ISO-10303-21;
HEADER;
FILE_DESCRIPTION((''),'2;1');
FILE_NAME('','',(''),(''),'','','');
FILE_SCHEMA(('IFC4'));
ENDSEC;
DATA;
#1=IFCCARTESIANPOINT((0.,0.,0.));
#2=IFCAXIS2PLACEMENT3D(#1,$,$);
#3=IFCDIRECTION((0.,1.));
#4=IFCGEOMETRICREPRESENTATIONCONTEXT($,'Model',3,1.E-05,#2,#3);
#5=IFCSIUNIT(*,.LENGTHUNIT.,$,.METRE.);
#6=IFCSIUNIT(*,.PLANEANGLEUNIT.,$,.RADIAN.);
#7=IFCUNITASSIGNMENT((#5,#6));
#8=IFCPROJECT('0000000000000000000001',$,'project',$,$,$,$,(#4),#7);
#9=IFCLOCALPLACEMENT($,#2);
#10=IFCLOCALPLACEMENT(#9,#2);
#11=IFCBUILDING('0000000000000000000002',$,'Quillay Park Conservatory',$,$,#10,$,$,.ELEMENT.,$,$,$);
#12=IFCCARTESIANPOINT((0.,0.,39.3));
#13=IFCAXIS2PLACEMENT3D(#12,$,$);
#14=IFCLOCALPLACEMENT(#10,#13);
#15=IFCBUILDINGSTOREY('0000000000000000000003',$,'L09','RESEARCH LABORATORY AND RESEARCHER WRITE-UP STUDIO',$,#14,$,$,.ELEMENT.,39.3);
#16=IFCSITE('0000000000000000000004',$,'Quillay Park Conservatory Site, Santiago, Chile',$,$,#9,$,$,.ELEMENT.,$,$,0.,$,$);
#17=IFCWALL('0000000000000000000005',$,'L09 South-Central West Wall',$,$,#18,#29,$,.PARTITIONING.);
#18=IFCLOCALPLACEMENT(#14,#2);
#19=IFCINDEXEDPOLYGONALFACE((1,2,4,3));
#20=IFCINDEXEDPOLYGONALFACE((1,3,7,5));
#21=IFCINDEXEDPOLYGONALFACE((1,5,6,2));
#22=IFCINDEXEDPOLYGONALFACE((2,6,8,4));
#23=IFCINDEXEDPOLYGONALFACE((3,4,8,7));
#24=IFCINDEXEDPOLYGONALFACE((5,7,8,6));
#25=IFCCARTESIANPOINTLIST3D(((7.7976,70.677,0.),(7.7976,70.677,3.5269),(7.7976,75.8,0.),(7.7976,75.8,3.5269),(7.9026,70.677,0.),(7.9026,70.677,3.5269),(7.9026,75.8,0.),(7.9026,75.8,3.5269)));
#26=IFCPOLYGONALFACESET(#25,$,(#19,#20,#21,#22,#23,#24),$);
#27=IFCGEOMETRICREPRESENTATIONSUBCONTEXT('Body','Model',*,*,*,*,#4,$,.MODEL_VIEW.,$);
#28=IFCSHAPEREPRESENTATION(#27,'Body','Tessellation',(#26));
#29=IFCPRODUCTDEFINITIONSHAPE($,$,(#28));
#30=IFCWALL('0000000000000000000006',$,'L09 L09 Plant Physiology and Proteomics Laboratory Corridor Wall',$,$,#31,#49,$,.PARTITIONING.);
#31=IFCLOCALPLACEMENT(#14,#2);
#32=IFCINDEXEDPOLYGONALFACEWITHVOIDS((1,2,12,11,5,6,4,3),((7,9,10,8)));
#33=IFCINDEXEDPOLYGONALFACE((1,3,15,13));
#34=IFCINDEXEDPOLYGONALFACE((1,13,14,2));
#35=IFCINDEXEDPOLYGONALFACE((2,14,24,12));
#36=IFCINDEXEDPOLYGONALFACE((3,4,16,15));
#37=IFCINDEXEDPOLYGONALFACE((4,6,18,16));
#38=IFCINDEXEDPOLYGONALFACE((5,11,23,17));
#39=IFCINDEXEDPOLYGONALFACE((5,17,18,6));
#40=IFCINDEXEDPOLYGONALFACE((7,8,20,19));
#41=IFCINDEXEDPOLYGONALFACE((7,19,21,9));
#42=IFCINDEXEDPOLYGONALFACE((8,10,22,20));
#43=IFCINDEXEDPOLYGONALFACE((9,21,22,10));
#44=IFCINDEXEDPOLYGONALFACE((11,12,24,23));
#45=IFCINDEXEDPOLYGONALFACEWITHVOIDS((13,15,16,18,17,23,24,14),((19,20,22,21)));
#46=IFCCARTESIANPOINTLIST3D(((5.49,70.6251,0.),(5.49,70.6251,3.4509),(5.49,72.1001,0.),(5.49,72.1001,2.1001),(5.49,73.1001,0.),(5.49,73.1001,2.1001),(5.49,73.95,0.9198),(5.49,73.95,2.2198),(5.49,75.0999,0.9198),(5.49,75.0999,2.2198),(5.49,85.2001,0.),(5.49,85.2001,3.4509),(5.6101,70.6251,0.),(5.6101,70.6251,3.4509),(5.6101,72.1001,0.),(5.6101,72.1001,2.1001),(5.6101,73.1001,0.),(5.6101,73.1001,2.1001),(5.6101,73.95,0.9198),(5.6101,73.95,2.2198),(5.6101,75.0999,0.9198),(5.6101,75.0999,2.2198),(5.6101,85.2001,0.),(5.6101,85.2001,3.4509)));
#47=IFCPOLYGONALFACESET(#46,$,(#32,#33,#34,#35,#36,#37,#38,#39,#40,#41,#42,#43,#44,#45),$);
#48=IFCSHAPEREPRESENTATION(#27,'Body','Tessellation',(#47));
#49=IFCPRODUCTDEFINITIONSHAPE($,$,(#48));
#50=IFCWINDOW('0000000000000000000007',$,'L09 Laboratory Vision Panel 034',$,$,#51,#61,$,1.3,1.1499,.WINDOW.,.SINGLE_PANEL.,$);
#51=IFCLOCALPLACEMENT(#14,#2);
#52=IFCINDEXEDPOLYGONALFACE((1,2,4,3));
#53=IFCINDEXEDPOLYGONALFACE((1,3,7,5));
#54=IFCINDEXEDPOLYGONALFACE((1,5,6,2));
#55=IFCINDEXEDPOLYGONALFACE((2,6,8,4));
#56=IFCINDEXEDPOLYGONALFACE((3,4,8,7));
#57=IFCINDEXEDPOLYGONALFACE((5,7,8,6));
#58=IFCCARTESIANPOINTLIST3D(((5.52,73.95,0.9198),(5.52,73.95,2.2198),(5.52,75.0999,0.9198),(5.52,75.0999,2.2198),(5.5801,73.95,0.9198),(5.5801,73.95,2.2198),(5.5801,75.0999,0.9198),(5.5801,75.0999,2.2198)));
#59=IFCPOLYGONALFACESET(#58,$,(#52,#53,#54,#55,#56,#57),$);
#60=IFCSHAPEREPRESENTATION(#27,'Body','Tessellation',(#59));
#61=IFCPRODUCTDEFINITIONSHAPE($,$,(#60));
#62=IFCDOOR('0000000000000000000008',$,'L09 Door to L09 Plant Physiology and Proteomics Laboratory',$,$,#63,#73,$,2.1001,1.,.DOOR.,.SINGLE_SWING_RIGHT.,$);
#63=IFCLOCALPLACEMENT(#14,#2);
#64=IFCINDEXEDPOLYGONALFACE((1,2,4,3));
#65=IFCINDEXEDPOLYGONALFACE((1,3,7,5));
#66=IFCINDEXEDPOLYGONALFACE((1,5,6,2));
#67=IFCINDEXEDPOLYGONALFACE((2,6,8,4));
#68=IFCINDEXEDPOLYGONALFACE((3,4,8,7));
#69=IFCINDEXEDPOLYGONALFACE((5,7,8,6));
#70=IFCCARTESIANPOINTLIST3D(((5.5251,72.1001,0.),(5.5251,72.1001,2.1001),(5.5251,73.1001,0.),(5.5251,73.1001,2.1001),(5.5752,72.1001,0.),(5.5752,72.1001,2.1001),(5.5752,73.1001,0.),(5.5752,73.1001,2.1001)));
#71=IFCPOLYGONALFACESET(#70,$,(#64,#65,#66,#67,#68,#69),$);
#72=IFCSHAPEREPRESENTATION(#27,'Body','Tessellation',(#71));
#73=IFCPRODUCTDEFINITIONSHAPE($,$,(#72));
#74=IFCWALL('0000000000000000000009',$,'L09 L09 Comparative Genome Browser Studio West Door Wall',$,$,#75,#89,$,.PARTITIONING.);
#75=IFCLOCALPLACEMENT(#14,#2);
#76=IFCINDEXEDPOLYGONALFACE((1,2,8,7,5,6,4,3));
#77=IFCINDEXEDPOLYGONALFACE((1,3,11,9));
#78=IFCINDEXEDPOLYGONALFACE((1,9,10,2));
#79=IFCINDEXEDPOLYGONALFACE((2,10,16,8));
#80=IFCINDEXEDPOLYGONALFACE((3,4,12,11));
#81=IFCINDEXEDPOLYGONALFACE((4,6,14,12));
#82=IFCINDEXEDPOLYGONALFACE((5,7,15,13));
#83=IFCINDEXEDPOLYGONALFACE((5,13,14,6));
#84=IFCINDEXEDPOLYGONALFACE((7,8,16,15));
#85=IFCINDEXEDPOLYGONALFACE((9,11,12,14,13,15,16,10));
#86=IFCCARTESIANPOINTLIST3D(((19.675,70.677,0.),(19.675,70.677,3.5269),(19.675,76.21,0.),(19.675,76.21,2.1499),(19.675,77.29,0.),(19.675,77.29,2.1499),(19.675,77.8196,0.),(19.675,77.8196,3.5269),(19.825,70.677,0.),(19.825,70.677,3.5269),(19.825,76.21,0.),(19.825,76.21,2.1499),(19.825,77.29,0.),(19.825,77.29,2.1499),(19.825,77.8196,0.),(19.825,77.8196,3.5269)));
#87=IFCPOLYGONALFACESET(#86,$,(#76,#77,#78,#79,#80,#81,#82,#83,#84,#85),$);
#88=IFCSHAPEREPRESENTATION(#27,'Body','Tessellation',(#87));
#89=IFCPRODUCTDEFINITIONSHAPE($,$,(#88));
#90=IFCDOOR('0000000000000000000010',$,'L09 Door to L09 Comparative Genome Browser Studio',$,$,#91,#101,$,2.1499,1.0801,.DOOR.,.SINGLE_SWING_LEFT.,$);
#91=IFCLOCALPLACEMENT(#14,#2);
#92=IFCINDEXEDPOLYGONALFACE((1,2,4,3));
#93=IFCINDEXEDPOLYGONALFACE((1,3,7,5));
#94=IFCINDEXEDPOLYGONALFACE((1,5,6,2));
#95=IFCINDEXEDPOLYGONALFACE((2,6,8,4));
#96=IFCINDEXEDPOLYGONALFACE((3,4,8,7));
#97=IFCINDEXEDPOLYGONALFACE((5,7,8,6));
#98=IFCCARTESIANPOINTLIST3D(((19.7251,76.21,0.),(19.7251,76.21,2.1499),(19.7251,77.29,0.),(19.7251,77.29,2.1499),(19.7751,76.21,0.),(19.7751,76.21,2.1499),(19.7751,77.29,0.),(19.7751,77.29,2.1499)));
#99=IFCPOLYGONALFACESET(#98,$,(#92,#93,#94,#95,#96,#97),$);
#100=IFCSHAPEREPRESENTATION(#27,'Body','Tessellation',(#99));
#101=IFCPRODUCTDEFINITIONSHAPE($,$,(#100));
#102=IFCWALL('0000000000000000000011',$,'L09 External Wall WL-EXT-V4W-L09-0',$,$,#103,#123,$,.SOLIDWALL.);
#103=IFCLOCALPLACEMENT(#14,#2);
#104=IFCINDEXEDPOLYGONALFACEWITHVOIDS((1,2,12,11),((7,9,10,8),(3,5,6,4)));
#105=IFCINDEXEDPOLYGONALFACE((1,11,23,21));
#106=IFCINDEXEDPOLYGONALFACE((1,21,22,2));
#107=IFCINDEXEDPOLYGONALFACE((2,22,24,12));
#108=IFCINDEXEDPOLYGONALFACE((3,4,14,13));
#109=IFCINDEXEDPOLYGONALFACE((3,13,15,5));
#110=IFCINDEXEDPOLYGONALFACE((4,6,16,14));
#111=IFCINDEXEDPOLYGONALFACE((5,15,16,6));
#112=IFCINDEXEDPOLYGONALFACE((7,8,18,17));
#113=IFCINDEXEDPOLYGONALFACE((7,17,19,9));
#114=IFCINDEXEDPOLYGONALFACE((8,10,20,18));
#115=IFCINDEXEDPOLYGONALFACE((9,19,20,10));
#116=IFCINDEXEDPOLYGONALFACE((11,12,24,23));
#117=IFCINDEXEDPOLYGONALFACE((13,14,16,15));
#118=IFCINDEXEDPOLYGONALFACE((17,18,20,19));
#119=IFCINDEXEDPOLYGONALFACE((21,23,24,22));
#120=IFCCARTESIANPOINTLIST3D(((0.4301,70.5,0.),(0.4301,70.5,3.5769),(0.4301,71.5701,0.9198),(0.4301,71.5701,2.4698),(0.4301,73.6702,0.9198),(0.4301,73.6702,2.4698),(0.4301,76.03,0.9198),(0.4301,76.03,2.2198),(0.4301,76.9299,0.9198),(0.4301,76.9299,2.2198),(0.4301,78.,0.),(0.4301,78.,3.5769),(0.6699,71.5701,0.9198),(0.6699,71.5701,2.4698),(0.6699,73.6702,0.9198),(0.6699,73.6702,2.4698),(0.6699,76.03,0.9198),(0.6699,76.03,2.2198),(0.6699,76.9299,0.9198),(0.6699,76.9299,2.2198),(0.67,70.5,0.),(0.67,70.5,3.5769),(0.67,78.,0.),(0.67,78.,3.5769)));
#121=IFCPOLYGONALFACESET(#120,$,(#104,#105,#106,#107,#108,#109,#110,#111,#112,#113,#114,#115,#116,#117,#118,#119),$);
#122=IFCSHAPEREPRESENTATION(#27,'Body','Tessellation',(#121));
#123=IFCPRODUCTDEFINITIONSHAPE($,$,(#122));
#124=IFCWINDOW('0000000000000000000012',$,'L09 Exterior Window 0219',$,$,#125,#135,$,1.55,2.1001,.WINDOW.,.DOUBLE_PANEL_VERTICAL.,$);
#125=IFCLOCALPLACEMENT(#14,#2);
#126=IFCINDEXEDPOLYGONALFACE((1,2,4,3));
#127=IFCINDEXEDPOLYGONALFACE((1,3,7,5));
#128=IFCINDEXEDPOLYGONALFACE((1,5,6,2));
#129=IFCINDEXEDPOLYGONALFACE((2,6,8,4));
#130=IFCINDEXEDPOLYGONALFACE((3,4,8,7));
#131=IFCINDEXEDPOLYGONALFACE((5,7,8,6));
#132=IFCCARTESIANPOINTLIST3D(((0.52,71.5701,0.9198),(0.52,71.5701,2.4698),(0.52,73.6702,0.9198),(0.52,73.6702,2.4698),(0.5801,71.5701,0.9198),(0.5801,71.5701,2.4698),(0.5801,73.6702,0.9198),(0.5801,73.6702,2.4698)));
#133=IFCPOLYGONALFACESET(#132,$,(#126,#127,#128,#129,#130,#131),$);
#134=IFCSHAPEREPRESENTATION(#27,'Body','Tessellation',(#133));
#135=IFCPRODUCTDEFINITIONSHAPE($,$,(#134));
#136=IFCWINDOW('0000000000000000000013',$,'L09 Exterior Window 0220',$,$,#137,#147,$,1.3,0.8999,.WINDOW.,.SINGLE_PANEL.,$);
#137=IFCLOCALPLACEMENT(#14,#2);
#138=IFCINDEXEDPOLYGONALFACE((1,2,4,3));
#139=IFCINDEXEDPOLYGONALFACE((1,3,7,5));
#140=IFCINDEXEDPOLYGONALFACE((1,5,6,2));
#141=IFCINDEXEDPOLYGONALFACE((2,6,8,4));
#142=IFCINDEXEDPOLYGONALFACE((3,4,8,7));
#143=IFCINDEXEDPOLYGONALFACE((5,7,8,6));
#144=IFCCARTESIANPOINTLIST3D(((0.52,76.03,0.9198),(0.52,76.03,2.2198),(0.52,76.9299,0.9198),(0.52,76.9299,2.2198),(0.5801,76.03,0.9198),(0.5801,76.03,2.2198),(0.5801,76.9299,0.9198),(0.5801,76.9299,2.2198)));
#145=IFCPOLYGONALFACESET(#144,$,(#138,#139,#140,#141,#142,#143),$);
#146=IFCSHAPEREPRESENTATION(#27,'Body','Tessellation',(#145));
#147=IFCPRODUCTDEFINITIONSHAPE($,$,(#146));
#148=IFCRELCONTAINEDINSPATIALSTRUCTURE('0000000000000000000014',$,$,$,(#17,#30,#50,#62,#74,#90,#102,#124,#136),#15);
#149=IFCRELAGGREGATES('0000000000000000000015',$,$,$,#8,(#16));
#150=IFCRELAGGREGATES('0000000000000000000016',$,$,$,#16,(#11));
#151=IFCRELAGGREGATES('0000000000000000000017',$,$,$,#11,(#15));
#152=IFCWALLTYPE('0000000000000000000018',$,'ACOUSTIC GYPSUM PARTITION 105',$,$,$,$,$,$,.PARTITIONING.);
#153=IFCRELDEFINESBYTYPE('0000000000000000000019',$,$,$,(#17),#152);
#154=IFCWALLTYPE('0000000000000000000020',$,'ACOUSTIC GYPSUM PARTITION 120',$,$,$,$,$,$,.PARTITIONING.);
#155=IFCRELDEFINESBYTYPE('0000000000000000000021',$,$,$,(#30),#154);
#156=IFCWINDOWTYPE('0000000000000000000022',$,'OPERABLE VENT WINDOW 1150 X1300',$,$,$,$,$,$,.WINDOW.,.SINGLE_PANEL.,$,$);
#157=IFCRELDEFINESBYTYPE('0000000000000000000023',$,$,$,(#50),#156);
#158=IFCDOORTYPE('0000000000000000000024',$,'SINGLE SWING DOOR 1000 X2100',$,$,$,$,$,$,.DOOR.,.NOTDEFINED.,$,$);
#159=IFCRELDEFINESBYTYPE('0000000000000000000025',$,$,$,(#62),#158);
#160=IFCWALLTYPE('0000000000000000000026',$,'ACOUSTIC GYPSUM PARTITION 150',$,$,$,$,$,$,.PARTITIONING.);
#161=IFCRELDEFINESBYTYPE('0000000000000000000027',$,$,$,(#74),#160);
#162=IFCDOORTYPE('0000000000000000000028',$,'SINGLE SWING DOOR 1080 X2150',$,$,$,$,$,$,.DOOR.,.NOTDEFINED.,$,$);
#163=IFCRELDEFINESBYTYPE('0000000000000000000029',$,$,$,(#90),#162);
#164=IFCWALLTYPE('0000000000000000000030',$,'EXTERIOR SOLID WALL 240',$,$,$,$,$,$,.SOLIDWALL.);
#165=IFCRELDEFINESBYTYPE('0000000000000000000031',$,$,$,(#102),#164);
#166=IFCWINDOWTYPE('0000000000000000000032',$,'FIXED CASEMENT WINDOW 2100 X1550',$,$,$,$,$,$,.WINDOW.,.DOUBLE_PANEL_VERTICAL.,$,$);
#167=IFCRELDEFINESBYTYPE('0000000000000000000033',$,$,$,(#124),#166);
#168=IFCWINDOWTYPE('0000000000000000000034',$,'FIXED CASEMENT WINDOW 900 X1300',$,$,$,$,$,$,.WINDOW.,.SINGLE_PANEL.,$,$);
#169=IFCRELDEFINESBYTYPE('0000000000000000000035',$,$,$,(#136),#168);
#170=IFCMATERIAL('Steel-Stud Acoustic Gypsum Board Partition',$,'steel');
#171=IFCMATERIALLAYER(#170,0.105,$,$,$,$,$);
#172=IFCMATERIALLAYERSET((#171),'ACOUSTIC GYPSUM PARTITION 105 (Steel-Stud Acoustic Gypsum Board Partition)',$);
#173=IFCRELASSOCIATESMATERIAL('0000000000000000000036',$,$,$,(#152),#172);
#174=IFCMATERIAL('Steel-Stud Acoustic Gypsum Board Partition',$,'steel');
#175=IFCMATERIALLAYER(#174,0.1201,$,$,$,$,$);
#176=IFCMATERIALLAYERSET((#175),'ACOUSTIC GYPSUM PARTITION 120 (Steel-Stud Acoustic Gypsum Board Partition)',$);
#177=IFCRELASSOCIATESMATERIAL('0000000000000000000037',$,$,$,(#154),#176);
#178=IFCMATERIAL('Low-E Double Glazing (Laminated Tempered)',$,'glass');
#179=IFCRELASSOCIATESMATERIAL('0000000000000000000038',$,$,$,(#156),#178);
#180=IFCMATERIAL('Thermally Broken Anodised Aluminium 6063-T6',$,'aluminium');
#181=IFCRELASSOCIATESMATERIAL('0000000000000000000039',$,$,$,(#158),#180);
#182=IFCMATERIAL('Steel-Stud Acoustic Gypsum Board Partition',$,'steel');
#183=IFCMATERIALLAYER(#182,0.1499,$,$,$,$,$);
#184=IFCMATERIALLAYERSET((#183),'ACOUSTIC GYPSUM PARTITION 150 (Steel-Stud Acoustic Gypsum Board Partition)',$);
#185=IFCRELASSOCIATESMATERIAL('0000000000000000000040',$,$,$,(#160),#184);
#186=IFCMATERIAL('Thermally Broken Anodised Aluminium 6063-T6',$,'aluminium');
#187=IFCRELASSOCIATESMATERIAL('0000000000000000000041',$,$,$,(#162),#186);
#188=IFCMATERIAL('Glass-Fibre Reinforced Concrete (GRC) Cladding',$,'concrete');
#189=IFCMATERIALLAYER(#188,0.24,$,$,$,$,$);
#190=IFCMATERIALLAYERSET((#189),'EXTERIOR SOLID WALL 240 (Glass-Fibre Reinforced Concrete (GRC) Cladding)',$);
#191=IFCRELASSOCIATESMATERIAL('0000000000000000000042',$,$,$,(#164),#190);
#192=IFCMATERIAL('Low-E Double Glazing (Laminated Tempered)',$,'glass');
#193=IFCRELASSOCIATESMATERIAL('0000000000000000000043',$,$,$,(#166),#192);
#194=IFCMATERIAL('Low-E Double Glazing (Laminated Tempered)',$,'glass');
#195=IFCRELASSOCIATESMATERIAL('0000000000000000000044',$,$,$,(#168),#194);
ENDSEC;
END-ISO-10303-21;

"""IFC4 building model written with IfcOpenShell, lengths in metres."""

from ifc_helpers import new_model, si_unit, direction, frame, frame_2d, origin, place, context, subcontext, project, spatial, rectangle, extrude, material, layer, layer_set, type_object, element, fill, save


model = new_model("IFC4")

# Units and contexts
model_context = context("Model", 3, precision=1e-05, world=origin(), true_north=direction((0.0, 1.0)))
body_context = subcontext(model_context, "Body", "Model", "MODEL_VIEW")
ifc_project = project(units=[si_unit("LENGTHUNIT", "METRE"), si_unit("PLANEANGLEUNIT", "RADIAN")], contexts=[model_context])

# Site, building, storey
site_placement = place(None, origin())
site = spatial("IfcSite", under=ifc_project, at=site_placement, Name="Quillay Park Conservatory Site, Santiago, Chile", CompositionType="ELEMENT", RefElevation=0.0)
building_placement = place(site_placement, origin())
building = spatial("IfcBuilding", under=site, at=building_placement, Name="Quillay Park Conservatory", CompositionType="ELEMENT")
storey_placement = place(building_placement, frame((0.0, 0.0, 39.3)))
storey = spatial("IfcBuildingStorey", under=building, at=storey_placement, Name="L09", Description="RESEARCH LABORATORY AND RESEARCHER WRITE-UP STUDIO", CompositionType="ELEMENT", Elevation=39.3)

# Wall
ifc_material_1 = material(Name="Steel-Stud Acoustic Gypsum Board Partition", Category="steel")
ifc_layer_1 = layer(ifc_material_1, 0.105)
ifc_layer_set_1 = layer_set([ifc_layer_1], Name="ACOUSTIC GYPSUM PARTITION 105 (Steel-Stud Acoustic Gypsum Board Partition)")
wall_type_1 = type_object("IfcWallType", Name="ACOUSTIC GYPSUM PARTITION 105", PredefinedType="PARTITIONING", material=ifc_layer_set_1)
wall_1_placement = place(storey_placement, frame((7.8501, 70.677, 0.0), z_axis=(0.0, 0.0, 1.0), x_axis=(0.0, 1.0, 0.0)))
element("IfcWall", 1, at=wall_1_placement, inside=storey, type_object=wall_type_1, Name="L09 South-Central West Wall", PredefinedType="PARTITIONING", context=body_context, shape_type="SweptSolid", body=[
    extrude(rectangle(XDim=5.123, YDim=0.105, at=frame_2d((2.5615, 0.0))), origin(), (0.0, 0.0, 1.0), 3.5269),
])

# Wall, openings, window, door
ifc_material_2 = material(Name="Steel-Stud Acoustic Gypsum Board Partition", Category="steel")
ifc_layer_2 = layer(ifc_material_2, 0.1201)
ifc_layer_set_2 = layer_set([ifc_layer_2], Name="ACOUSTIC GYPSUM PARTITION 120 (Steel-Stud Acoustic Gypsum Board Partition)")
wall_type_2 = type_object("IfcWallType", Name="ACOUSTIC GYPSUM PARTITION 120", PredefinedType="PARTITIONING", material=ifc_layer_set_2)
wall_2_placement = place(storey_placement, frame((5.55, 70.625, 0.0), z_axis=(0.0, 0.0, 1.0), x_axis=(0.0, 1.0, 0.0)))
wall_2 = element("IfcWall", 2, at=wall_2_placement, inside=storey, type_object=wall_type_2, Name="L09 L09 Plant Physiology and Proteomics Laboratory Corridor Wall", PredefinedType="PARTITIONING", context=body_context, shape_type="SweptSolid", body=[
    extrude(rectangle(XDim=14.575, YDim=0.1201, at=frame_2d((7.2876, 0.0))), origin(), (0.0, 0.0, 1.0), 3.4509),
])
opening_1_placement = place(wall_2_placement, frame((1.4751, 0.0, 0.0)))
opening_1 = element("IfcOpeningElement", 3, at=opening_1_placement, cuts=wall_2, PredefinedType="OPENING", context=body_context, shape_type="SweptSolid", body=[
    extrude(rectangle(XDim=1.0, YDim=2.1001, at=frame_2d((0.5, 1.05))), frame((0.0, 0.0601, 0.0), z_axis=(0.0, -1.0, 0.0), x_axis=(1.0, 0.0, 0.0)), (0.0, 0.0, 1.0), 0.1201),
])
opening_2_placement = place(wall_2_placement, frame((3.325, 0.0, 0.9199)))
opening_2 = element("IfcOpeningElement", 4, at=opening_2_placement, cuts=wall_2, PredefinedType="OPENING", context=body_context, shape_type="SweptSolid", body=[
    extrude(rectangle(XDim=1.1499, YDim=1.3, at=frame_2d((0.575, 0.6499))), frame((0.0, 0.0601, 0.0), z_axis=(0.0, -1.0, 0.0), x_axis=(1.0, 0.0, 0.0)), (0.0, 0.0, 1.0), 0.1201),
])
ifc_material_3 = material(Name="Low-E Double Glazing (Laminated Tempered)", Category="glass")
window_type_1 = type_object("IfcWindowType", Name="OPERABLE VENT WINDOW 1150 X1300", PartitioningType="SINGLE_PANEL", PredefinedType="WINDOW", material=ifc_material_3)
window_1_placement = place(opening_2_placement, origin())
window_1 = element("IfcWindow", 5, at=window_1_placement, inside=storey, type_object=window_type_1, Name="L09 Laboratory Vision Panel 034", OverallHeight=1.3, OverallWidth=1.1499, PartitioningType="SINGLE_PANEL", PredefinedType="WINDOW", context=body_context, shape_type="SweptSolid", body=[
    extrude(rectangle(XDim=1.1499, YDim=1.3, at=frame_2d((0.575, 0.6499))), frame((0.0, 0.03, 0.0), z_axis=(0.0, -1.0, 0.0), x_axis=(1.0, 0.0, 0.0)), (0.0, 0.0, 1.0), 0.0601),
])
fill(opening_2, window_1)
ifc_material_4 = material(Name="Thermally Broken Anodised Aluminium 6063-T6", Category="aluminium")
door_type_1 = type_object("IfcDoorType", Name="SINGLE SWING DOOR 1000 X2100", OperationType="NOTDEFINED", PredefinedType="DOOR", material=ifc_material_4)
door_1_placement = place(opening_1_placement, origin())
door_1 = element("IfcDoor", 6, at=door_1_placement, inside=storey, type_object=door_type_1, Name="L09 Door to L09 Plant Physiology and Proteomics Laboratory", OperationType="SINGLE_SWING_RIGHT", OverallHeight=2.1001, OverallWidth=1.0, PredefinedType="DOOR", context=body_context, shape_type="SweptSolid", body=[
    extrude(rectangle(XDim=1.0, YDim=2.1001, at=frame_2d((0.5, 1.05))), frame((0.0, 0.0249, 0.0), z_axis=(0.0, -1.0, 0.0), x_axis=(1.0, 0.0, 0.0)), (0.0, 0.0, 1.0), 0.05),
])
fill(opening_1, door_1)

# Wall, opening, door
ifc_material_5 = material(Name="Steel-Stud Acoustic Gypsum Board Partition", Category="steel")
ifc_layer_3 = layer(ifc_material_5, 0.1499)
ifc_layer_set_3 = layer_set([ifc_layer_3], Name="ACOUSTIC GYPSUM PARTITION 150 (Steel-Stud Acoustic Gypsum Board Partition)")
wall_type_3 = type_object("IfcWallType", Name="ACOUSTIC GYPSUM PARTITION 150", PredefinedType="PARTITIONING", material=ifc_layer_set_3)
wall_3_placement = place(storey_placement, frame((19.75, 70.677, 0.0), z_axis=(0.0, 0.0, 1.0), x_axis=(0.0, 1.0, 0.0)))
wall_3 = element("IfcWall", 7, at=wall_3_placement, inside=storey, type_object=wall_type_3, Name="L09 L09 Comparative Genome Browser Studio West Door Wall", PredefinedType="PARTITIONING", context=body_context, shape_type="SweptSolid", body=[
    extrude(rectangle(XDim=7.1426, YDim=0.1499, at=frame_2d((3.5713, 0.0))), origin(), (0.0, 0.0, 1.0), 3.5269),
])
opening_3_placement = place(wall_3_placement, frame((5.533, 0.0, 0.0)))
opening_3 = element("IfcOpeningElement", 8, at=opening_3_placement, cuts=wall_3, PredefinedType="OPENING", context=body_context, shape_type="SweptSolid", body=[
    extrude(rectangle(XDim=1.0801, YDim=2.1499, at=frame_2d((0.54, 1.075))), frame((0.0, 0.075, 0.0), z_axis=(0.0, -1.0, 0.0), x_axis=(1.0, 0.0, 0.0)), (0.0, 0.0, 1.0), 0.1499),
])
ifc_material_6 = material(Name="Thermally Broken Anodised Aluminium 6063-T6", Category="aluminium")
door_type_2 = type_object("IfcDoorType", Name="SINGLE SWING DOOR 1080 X2150", OperationType="NOTDEFINED", PredefinedType="DOOR", material=ifc_material_6)
door_2_placement = place(opening_3_placement, origin())
door_2 = element("IfcDoor", 9, at=door_2_placement, inside=storey, type_object=door_type_2, Name="L09 Door to L09 Comparative Genome Browser Studio", OperationType="SINGLE_SWING_LEFT", OverallHeight=2.1499, OverallWidth=1.0801, PredefinedType="DOOR", context=body_context, shape_type="SweptSolid", body=[
    extrude(rectangle(XDim=1.0801, YDim=2.1499, at=frame_2d((0.54, 1.075))), frame((0.0, 0.0249, 0.0), z_axis=(0.0, -1.0, 0.0), x_axis=(1.0, 0.0, 0.0)), (0.0, 0.0, 1.0), 0.05),
])
fill(opening_3, door_2)

# Wall, openings, windows
ifc_material_7 = material(Name="Glass-Fibre Reinforced Concrete (GRC) Cladding", Category="concrete")
ifc_layer_4 = layer(ifc_material_7, 0.24)
ifc_layer_set_4 = layer_set([ifc_layer_4], Name="EXTERIOR SOLID WALL 240 (Glass-Fibre Reinforced Concrete (GRC) Cladding)")
wall_type_4 = type_object("IfcWallType", Name="EXTERIOR SOLID WALL 240", PredefinedType="SOLIDWALL", material=ifc_layer_set_4)
wall_4_placement = place(storey_placement, frame((0.55, 70.5, 0.0), z_axis=(0.0, 0.0, 1.0), x_axis=(0.0, 1.0, 0.0)))
wall_4 = element("IfcWall", 10, at=wall_4_placement, inside=storey, type_object=wall_type_4, Name="L09 External Wall WL-EXT-V4W-L09-0", PredefinedType="SOLIDWALL", context=body_context, shape_type="SweptSolid", body=[
    extrude(rectangle(XDim=7.5, YDim=0.24, at=frame_2d((3.75, 0.0))), origin(), (0.0, 0.0, 1.0), 3.5769),
])
opening_4_placement = place(wall_4_placement, frame((1.0701, 0.0, 0.9199)))
opening_4 = element("IfcOpeningElement", 11, at=opening_4_placement, cuts=wall_4, PredefinedType="OPENING", context=body_context, shape_type="SweptSolid", body=[
    extrude(rectangle(XDim=2.1001, YDim=1.55, at=frame_2d((1.05, 0.7749))), frame((0.0, 0.1201, 0.0), z_axis=(0.0, -1.0, 0.0), x_axis=(1.0, 0.0, 0.0)), (0.0, 0.0, 1.0), 0.24),
])
opening_5_placement = place(wall_4_placement, frame((5.53, 0.0, 0.9199)))
opening_5 = element("IfcOpeningElement", 12, at=opening_5_placement, cuts=wall_4, PredefinedType="OPENING", context=body_context, shape_type="SweptSolid", body=[
    extrude(rectangle(XDim=0.8999, YDim=1.3, at=frame_2d((0.45, 0.6499))), frame((0.0, 0.1201, 0.0), z_axis=(0.0, -1.0, 0.0), x_axis=(1.0, 0.0, 0.0)), (0.0, 0.0, 1.0), 0.24),
])
ifc_material_8 = material(Name="Low-E Double Glazing (Laminated Tempered)", Category="glass")
window_type_2 = type_object("IfcWindowType", Name="FIXED CASEMENT WINDOW 2100 X1550", PartitioningType="DOUBLE_PANEL_VERTICAL", PredefinedType="WINDOW", material=ifc_material_8)
window_2_placement = place(opening_4_placement, origin())
window_2 = element("IfcWindow", 13, at=window_2_placement, inside=storey, type_object=window_type_2, Name="L09 Exterior Window 0219", OverallHeight=1.55, OverallWidth=2.1001, PartitioningType="DOUBLE_PANEL_VERTICAL", PredefinedType="WINDOW", context=body_context, shape_type="SweptSolid", body=[
    extrude(rectangle(XDim=2.1001, YDim=1.55, at=frame_2d((1.05, 0.7749))), frame((0.0, 0.03, 0.0), z_axis=(0.0, -1.0, 0.0), x_axis=(1.0, 0.0, 0.0)), (0.0, 0.0, 1.0), 0.0601),
])
fill(opening_4, window_2)
ifc_material_9 = material(Name="Low-E Double Glazing (Laminated Tempered)", Category="glass")
window_type_3 = type_object("IfcWindowType", Name="FIXED CASEMENT WINDOW 900 X1300", PartitioningType="SINGLE_PANEL", PredefinedType="WINDOW", material=ifc_material_9)
window_3_placement = place(opening_5_placement, origin())
window_3 = element("IfcWindow", 14, at=window_3_placement, inside=storey, type_object=window_type_3, Name="L09 Exterior Window 0220", OverallHeight=1.3, OverallWidth=0.8999, PartitioningType="SINGLE_PANEL", PredefinedType="WINDOW", context=body_context, shape_type="SweptSolid", body=[
    extrude(rectangle(XDim=0.8999, YDim=1.3, at=frame_2d((0.45, 0.6499))), frame((0.0, 0.03, 0.0), z_axis=(0.0, -1.0, 0.0), x_axis=(1.0, 0.0, 0.0)), (0.0, 0.0, 1.0), 0.0601),
])
fill(opening_5, window_3)

save(model, "model.ifc")
